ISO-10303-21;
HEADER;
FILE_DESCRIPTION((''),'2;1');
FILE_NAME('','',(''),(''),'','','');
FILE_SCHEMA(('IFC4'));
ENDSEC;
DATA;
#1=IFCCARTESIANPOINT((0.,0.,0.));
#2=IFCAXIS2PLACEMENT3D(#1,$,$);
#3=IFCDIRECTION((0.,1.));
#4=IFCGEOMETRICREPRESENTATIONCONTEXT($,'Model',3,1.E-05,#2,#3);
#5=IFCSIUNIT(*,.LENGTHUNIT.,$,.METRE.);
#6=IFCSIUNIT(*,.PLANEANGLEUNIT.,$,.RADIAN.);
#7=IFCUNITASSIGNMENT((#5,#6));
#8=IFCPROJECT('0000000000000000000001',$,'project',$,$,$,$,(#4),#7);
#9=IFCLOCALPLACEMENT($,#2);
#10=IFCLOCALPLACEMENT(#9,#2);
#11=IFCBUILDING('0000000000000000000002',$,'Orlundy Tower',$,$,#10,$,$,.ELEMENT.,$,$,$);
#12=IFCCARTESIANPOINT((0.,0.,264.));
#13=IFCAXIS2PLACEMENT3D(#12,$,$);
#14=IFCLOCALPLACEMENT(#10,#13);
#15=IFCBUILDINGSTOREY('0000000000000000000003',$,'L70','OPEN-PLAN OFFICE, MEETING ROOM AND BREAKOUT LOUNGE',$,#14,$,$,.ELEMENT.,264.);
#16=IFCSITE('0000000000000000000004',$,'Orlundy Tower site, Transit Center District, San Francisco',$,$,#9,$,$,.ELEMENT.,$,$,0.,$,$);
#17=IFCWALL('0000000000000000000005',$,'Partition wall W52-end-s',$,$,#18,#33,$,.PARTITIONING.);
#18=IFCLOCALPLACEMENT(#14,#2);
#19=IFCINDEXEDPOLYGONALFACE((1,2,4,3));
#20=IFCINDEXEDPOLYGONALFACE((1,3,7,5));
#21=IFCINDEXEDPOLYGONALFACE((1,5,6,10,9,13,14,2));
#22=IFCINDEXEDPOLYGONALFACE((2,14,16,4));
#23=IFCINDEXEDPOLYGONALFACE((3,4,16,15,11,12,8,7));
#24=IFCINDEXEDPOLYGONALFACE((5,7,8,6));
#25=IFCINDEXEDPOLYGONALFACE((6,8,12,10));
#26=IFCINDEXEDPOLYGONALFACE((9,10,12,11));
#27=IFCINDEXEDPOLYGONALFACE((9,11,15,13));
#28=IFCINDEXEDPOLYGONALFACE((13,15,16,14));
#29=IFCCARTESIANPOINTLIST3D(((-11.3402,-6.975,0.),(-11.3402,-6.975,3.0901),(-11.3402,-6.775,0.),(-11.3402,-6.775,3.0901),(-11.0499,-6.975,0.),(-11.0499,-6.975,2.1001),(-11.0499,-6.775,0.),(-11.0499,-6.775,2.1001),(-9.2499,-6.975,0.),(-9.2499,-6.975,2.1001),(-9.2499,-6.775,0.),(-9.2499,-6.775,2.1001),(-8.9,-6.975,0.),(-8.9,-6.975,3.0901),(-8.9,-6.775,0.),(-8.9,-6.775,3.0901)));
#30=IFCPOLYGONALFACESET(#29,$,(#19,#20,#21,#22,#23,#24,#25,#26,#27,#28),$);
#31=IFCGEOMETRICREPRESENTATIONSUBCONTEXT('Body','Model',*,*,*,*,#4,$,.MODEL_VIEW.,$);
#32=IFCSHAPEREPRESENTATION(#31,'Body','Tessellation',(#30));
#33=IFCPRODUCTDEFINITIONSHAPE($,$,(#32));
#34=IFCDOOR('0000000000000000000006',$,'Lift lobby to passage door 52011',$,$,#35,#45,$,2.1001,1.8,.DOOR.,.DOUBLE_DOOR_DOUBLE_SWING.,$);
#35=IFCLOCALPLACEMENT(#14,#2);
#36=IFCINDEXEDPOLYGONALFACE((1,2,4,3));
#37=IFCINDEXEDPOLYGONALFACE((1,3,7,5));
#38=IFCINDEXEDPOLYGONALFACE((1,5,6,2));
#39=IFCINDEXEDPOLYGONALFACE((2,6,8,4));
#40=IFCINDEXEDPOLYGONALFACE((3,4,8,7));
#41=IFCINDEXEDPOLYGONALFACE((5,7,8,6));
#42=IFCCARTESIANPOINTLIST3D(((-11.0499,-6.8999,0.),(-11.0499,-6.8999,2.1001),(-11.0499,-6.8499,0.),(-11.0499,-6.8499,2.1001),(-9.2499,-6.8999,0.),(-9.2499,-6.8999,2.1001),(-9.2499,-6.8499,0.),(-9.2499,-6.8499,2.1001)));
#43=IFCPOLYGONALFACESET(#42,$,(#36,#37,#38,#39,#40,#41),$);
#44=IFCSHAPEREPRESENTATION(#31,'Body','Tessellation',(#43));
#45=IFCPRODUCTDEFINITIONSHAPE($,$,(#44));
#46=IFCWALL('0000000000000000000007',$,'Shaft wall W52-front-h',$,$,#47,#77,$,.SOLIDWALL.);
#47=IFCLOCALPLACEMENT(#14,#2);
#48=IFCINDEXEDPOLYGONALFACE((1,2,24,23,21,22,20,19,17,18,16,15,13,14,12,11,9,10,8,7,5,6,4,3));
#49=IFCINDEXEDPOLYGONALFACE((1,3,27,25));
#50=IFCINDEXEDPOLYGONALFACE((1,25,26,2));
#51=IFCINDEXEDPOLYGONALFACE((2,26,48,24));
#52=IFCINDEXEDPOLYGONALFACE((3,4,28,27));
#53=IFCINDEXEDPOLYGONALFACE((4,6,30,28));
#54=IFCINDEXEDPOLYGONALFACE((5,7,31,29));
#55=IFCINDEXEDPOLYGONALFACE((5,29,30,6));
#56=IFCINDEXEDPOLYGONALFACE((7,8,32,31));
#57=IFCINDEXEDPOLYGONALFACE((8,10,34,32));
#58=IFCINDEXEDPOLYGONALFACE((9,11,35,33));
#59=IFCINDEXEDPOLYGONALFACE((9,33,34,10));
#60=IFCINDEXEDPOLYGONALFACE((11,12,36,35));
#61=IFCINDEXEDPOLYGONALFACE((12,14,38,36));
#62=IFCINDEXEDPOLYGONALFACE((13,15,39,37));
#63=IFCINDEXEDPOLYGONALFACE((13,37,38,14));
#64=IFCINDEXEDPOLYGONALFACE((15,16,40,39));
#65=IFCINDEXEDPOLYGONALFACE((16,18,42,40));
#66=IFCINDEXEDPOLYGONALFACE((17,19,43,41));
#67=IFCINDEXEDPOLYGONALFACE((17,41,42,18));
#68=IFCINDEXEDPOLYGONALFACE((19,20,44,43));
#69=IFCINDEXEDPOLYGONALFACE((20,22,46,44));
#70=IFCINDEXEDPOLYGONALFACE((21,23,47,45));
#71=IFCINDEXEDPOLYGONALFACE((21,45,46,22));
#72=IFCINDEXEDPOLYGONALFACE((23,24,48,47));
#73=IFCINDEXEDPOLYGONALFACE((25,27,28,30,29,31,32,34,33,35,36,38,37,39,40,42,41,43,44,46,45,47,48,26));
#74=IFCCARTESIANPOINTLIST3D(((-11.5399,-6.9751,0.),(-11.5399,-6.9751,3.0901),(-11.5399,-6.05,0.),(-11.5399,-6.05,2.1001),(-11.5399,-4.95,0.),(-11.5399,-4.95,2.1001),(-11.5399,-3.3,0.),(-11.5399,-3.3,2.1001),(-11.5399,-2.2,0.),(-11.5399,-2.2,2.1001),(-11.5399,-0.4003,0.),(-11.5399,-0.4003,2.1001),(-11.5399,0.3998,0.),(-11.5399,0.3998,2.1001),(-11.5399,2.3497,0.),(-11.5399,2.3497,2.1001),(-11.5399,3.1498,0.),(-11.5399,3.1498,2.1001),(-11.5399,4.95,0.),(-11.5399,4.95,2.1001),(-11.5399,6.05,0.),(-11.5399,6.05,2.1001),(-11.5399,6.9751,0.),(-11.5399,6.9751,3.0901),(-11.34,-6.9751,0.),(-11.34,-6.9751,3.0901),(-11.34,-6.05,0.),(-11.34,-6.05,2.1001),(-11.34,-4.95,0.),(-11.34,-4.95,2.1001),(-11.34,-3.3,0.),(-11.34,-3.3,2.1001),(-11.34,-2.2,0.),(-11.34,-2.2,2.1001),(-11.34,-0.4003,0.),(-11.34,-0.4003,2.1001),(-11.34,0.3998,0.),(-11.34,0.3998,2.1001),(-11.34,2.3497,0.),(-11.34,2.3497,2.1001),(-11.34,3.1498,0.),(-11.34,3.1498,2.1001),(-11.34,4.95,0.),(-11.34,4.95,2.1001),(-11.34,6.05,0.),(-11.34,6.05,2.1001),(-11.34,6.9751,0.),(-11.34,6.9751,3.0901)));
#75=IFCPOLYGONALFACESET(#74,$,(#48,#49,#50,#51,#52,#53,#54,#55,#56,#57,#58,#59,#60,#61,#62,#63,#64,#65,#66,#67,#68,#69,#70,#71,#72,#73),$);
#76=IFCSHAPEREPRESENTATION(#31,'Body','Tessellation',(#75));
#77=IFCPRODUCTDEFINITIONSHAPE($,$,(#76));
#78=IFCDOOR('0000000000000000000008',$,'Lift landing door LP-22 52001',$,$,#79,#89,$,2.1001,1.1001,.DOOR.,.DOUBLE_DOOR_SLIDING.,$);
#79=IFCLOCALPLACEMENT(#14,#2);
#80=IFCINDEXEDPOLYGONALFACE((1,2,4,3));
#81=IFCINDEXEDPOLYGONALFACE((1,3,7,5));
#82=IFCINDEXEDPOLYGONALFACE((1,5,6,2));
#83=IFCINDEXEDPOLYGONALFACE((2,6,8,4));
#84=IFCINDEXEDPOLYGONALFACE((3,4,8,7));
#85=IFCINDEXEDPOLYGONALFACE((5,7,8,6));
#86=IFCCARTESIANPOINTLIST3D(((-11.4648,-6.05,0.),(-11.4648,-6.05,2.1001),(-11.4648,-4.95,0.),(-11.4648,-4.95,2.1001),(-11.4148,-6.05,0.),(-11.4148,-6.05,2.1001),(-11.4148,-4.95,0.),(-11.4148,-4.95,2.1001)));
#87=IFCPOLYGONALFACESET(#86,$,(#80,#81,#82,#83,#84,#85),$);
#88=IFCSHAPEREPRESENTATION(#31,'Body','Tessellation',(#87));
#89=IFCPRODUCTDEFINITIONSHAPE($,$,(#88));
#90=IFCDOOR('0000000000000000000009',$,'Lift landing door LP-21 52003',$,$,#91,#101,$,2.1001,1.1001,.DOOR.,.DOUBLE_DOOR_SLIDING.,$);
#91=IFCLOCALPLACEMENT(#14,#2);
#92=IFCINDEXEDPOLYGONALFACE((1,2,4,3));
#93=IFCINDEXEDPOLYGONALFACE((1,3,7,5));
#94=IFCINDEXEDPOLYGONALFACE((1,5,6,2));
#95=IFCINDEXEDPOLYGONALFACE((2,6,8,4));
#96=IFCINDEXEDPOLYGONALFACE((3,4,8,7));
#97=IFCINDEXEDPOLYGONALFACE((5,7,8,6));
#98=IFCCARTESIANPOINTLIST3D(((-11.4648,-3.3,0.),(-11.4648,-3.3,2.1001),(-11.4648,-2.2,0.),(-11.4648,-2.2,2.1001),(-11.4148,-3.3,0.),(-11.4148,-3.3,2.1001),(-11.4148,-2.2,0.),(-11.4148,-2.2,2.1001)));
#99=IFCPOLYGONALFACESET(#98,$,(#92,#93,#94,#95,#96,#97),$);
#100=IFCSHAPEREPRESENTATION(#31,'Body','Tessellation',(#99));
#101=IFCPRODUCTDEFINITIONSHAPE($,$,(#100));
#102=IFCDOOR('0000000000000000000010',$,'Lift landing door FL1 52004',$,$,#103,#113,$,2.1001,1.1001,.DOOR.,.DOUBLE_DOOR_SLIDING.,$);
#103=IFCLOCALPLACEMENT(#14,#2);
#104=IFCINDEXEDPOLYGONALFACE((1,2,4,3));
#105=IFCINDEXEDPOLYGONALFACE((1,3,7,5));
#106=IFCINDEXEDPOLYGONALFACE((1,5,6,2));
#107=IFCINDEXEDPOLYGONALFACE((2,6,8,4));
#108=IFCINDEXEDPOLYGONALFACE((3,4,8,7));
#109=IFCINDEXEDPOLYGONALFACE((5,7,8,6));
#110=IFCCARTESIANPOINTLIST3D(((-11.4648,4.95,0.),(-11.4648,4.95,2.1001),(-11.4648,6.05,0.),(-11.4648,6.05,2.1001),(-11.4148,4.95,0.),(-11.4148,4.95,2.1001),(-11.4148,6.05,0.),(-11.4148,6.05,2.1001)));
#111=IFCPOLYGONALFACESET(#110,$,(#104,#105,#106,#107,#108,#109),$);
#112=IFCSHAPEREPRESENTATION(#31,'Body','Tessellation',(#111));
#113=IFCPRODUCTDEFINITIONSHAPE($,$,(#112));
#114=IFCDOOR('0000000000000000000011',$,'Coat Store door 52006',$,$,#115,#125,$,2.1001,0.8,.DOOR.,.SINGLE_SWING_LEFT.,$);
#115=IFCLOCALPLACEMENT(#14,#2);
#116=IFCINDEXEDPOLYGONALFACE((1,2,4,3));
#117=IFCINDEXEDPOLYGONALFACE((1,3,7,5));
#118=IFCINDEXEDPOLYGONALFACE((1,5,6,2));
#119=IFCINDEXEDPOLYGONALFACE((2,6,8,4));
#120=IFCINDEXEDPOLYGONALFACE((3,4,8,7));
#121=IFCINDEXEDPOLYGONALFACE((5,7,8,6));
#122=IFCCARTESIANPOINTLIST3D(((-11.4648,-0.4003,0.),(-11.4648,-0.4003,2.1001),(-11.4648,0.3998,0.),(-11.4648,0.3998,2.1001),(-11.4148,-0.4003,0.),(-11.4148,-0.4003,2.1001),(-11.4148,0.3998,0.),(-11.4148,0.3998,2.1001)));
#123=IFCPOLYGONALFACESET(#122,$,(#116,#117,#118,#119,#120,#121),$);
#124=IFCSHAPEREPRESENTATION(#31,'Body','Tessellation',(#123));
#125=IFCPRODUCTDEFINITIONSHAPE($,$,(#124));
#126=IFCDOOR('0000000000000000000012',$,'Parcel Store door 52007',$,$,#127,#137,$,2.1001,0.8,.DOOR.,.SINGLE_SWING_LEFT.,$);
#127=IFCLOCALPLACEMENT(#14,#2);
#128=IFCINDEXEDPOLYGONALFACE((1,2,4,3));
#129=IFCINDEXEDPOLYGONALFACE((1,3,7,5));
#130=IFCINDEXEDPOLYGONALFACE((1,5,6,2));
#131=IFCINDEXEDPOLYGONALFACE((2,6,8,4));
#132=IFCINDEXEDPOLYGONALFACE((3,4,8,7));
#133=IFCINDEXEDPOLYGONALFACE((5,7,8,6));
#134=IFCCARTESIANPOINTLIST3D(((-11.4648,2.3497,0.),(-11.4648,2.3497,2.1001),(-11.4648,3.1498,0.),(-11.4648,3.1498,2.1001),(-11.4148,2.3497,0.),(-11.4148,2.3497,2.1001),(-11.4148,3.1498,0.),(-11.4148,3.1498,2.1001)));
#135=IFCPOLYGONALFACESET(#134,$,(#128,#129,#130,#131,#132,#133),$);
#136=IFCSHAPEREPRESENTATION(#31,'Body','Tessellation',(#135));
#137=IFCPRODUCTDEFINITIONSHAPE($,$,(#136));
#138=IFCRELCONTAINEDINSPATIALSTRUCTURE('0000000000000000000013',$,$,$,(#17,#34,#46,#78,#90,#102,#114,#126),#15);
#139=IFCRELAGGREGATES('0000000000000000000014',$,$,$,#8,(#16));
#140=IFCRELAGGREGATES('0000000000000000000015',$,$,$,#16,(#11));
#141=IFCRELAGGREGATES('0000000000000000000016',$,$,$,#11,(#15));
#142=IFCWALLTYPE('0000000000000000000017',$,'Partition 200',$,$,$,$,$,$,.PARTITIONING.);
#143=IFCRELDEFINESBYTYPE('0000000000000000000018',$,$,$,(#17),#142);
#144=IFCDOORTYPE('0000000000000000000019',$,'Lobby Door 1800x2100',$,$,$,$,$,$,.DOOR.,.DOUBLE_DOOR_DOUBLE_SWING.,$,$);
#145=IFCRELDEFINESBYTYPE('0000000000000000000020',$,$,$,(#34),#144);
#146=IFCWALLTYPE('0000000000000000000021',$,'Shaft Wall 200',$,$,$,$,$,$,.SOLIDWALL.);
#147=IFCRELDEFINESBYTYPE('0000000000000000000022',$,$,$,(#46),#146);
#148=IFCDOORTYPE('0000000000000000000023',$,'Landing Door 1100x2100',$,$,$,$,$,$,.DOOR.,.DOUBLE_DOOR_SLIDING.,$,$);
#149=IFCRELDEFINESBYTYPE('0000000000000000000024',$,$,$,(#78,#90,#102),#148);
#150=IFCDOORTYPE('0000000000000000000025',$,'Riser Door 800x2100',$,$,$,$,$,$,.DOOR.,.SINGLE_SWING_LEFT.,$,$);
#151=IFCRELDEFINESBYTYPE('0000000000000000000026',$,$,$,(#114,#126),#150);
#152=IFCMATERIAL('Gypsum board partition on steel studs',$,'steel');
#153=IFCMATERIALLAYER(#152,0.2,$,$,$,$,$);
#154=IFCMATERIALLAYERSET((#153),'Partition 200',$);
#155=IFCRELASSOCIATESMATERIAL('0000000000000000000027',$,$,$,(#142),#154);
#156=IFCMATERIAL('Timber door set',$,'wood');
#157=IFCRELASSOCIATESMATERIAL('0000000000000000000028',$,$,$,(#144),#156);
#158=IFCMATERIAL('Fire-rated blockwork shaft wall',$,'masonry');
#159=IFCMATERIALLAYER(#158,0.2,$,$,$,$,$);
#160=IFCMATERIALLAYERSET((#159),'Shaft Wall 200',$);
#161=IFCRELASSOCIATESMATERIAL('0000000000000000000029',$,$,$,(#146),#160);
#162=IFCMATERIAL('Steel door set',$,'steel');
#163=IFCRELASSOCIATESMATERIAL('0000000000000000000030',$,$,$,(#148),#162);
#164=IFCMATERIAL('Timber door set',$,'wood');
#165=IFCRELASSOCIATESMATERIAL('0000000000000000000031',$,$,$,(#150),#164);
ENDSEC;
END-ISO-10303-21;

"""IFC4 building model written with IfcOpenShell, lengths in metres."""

from ifc_helpers import new_model, si_unit, direction, frame, frame_2d, origin, place, context, subcontext, project, spatial, rectangle, extrude, material, layer, layer_set, type_object, element, fill, save


model = new_model("IFC4")

# Units and contexts
model_context = context("Model", 3, precision=1e-05, world=origin(), true_north=direction((0.0, 1.0)))
body_context = subcontext(model_context, "Body", "Model", "MODEL_VIEW")
ifc_project = project(units=[si_unit("LENGTHUNIT", "METRE"), si_unit("PLANEANGLEUNIT", "RADIAN")], contexts=[model_context])

# Site, building, storey
site_placement = place(None, origin())
site = spatial("IfcSite", under=ifc_project, at=site_placement, Name="Orlundy Tower site, Transit Center District, San Francisco", CompositionType="ELEMENT", RefElevation=0.0)
building_placement = place(site_placement, origin())
building = spatial("IfcBuilding", under=site, at=building_placement, Name="Orlundy Tower", CompositionType="ELEMENT")
storey_placement = place(building_placement, frame((0.0, 0.0, 264.0)))
storey = spatial("IfcBuildingStorey", under=building, at=storey_placement, Name="L70", Description="OPEN-PLAN OFFICE, MEETING ROOM AND BREAKOUT LOUNGE", CompositionType="ELEMENT", Elevation=264.0)

# Wall, opening, door
ifc_material_1 = material(Name="Gypsum board partition on steel studs", Category="steel")
ifc_layer_1 = layer(ifc_material_1, 0.2)
ifc_layer_set_1 = layer_set([ifc_layer_1], Name="Partition 200")
wall_type_1 = type_object("IfcWallType", Name="Partition 200", PredefinedType="PARTITIONING", material=ifc_layer_set_1)
wall_1_placement = place(storey_placement, frame((-8.8999, -6.875, 0.0), z_axis=(0.0, 0.0, 1.0), x_axis=(-1.0, 0.0, 0.0)))
wall_1 = element("IfcWall", 1, at=wall_1_placement, inside=storey, type_object=wall_type_1, Name="Partition wall W52-end-s", PredefinedType="PARTITIONING", context=body_context, shape_type="SweptSolid", body=[
    extrude(rectangle(XDim=2.4402, YDim=0.2, at=frame_2d((1.2202, 0.0))), origin(), (0.0, 0.0, 1.0), 3.0901),
])
opening_1_placement = place(wall_1_placement, frame((0.3501, 0.0, 0.0)))
opening_1 = element("IfcOpeningElement", 2, at=opening_1_placement, cuts=wall_1, PredefinedType="OPENING", context=body_context, shape_type="SweptSolid", body=[
    extrude(rectangle(XDim=1.8, YDim=2.1001, at=frame_2d((0.8999, 1.05))), frame((0.0, 0.1101, 0.0), z_axis=(0.0, -1.0, 0.0), x_axis=(1.0, 0.0, 0.0)), (0.0, 0.0, 1.0), 0.2202),
])
ifc_material_2 = material(Name="Timber door set", Category="wood")
door_type_1 = type_object("IfcDoorType", Name="Lobby Door 1800x2100", OperationType="DOUBLE_DOOR_DOUBLE_SWING", PredefinedType="DOOR", material=ifc_material_2)
door_1_placement = place(opening_1_placement, origin())
door_1 = element("IfcDoor", 3, at=door_1_placement, inside=storey, type_object=door_type_1, Name="Lift lobby to passage door 52011", OperationType="DOUBLE_DOOR_DOUBLE_SWING", OverallHeight=2.1001, OverallWidth=1.8, PredefinedType="DOOR", context=body_context, shape_type="SweptSolid", body=[
    extrude(rectangle(XDim=1.8, YDim=2.1001, at=frame_2d((0.8999, 1.05))), frame((0.0, 0.0249, 0.0), z_axis=(0.0, -1.0, 0.0), x_axis=(1.0, 0.0, 0.0)), (0.0, 0.0, 1.0), 0.05),
])
fill(opening_1, door_1)

# Wall, openings, doors
ifc_material_3 = material(Name="Fire-rated blockwork shaft wall", Category="masonry")
ifc_layer_2 = layer(ifc_material_3, 0.2)
ifc_layer_set_2 = layer_set([ifc_layer_2], Name="Shaft Wall 200")
wall_type_2 = type_object("IfcWallType", Name="Shaft Wall 200", PredefinedType="SOLIDWALL", material=ifc_layer_set_2)
wall_2_placement = place(storey_placement, frame((-11.4399, -6.9751, 0.0), z_axis=(0.0, 0.0, 1.0), x_axis=(0.0, 1.0, 0.0)))
wall_2 = element("IfcWall", 4, at=wall_2_placement, inside=storey, type_object=wall_type_2, Name="Shaft wall W52-front-h", PredefinedType="SOLIDWALL", context=body_context, shape_type="SweptSolid", body=[
    extrude(rectangle(XDim=13.9502, YDim=0.2, at=frame_2d((6.9751, 0.0))), origin(), (0.0, 0.0, 1.0), 3.0901),
])
opening_2_placement = place(wall_2_placement, frame((0.925, 0.0, 0.0)))
opening_2 = element("IfcOpeningElement", 5, at=opening_2_placement, cuts=wall_2, PredefinedType="OPENING", context=body_context, shape_type="SweptSolid", body=[
    extrude(rectangle(XDim=1.1001, YDim=2.1001, at=frame_2d((0.55, 1.05))), frame((0.0, 0.1101, 0.0), z_axis=(0.0, -1.0, 0.0), x_axis=(1.0, 0.0, 0.0)), (0.0, 0.0, 1.0), 0.2202),
])
opening_3_placement = place(wall_2_placement, frame((3.675, 0.0, 0.0)))
opening_3 = element("IfcOpeningElement", 6, at=opening_3_placement, cuts=wall_2, PredefinedType="OPENING", context=body_context, shape_type="SweptSolid", body=[
    extrude(rectangle(XDim=1.1001, YDim=2.1001, at=frame_2d((0.55, 1.05))), frame((0.0, 0.1101, 0.0), z_axis=(0.0, -1.0, 0.0), x_axis=(1.0, 0.0, 0.0)), (0.0, 0.0, 1.0), 0.2202),
])
opening_4_placement = place(wall_2_placement, frame((11.925, 0.0, 0.0)))
opening_4 = element("IfcOpeningElement", 7, at=opening_4_placement, cuts=wall_2, PredefinedType="OPENING", context=body_context, shape_type="SweptSolid", body=[
    extrude(rectangle(XDim=1.1001, YDim=2.1001, at=frame_2d((0.55, 1.05))), frame((0.0, 0.1101, 0.0), z_axis=(0.0, -1.0, 0.0), x_axis=(1.0, 0.0, 0.0)), (0.0, 0.0, 1.0), 0.2202),
])
opening_5_placement = place(wall_2_placement, frame((6.575, 0.0, 0.0)))
opening_5 = element("IfcOpeningElement", 8, at=opening_5_placement, cuts=wall_2, PredefinedType="OPENING", context=body_context, shape_type="SweptSolid", body=[
    extrude(rectangle(XDim=0.8, YDim=2.1001, at=frame_2d((0.3999, 1.05))), frame((0.0, 0.1101, 0.0), z_axis=(0.0, -1.0, 0.0), x_axis=(1.0, 0.0, 0.0)), (0.0, 0.0, 1.0), 0.2202),
])
opening_6_placement = place(wall_2_placement, frame((9.325, 0.0, 0.0)))
opening_6 = element("IfcOpeningElement", 9, at=opening_6_placement, cuts=wall_2, PredefinedType="OPENING", context=body_context, shape_type="SweptSolid", body=[
    extrude(rectangle(XDim=0.8, YDim=2.1001, at=frame_2d((0.3999, 1.05))), frame((0.0, 0.1101, 0.0), z_axis=(0.0, -1.0, 0.0), x_axis=(1.0, 0.0, 0.0)), (0.0, 0.0, 1.0), 0.2202),
])
ifc_material_4 = material(Name="Steel door set", Category="steel")
door_type_2 = type_object("IfcDoorType", Name="Landing Door 1100x2100", OperationType="DOUBLE_DOOR_SLIDING", PredefinedType="DOOR", material=ifc_material_4)
door_2_placement = place(opening_2_placement, origin())
door_2 = element("IfcDoor", 10, at=door_2_placement, inside=storey, type_object=door_type_2, Name="Lift landing door LP-22 52001", OperationType="DOUBLE_DOOR_SLIDING", OverallHeight=2.1001, OverallWidth=1.1001, PredefinedType="DOOR", context=body_context, shape_type="SweptSolid", body=[
    extrude(rectangle(XDim=1.1001, YDim=2.1001, at=frame_2d((0.55, 1.05))), frame((0.0, 0.0249, 0.0), z_axis=(0.0, -1.0, 0.0), x_axis=(1.0, 0.0, 0.0)), (0.0, 0.0, 1.0), 0.05),
])
fill(opening_2, door_2)
door_3_placement = place(opening_3_placement, origin())
door_3 = element("IfcDoor", 11, at=door_3_placement, inside=storey, type_object=door_type_2, Name="Lift landing door LP-21 52003", OperationType="DOUBLE_DOOR_SLIDING", OverallHeight=2.1001, OverallWidth=1.1001, PredefinedType="DOOR", context=body_context, shape_type="SweptSolid", body=[
    extrude(rectangle(XDim=1.1001, YDim=2.1001, at=frame_2d((0.55, 1.05))), frame((0.0, 0.0249, 0.0), z_axis=(0.0, -1.0, 0.0), x_axis=(1.0, 0.0, 0.0)), (0.0, 0.0, 1.0), 0.05),
])
fill(opening_3, door_3)
door_4_placement = place(opening_4_placement, origin())
door_4 = element("IfcDoor", 12, at=door_4_placement, inside=storey, type_object=door_type_2, Name="Lift landing door FL1 52004", OperationType="DOUBLE_DOOR_SLIDING", OverallHeight=2.1001, OverallWidth=1.1001, PredefinedType="DOOR", context=body_context, shape_type="SweptSolid", body=[
    extrude(rectangle(XDim=1.1001, YDim=2.1001, at=frame_2d((0.55, 1.05))), frame((0.0, 0.0249, 0.0), z_axis=(0.0, -1.0, 0.0), x_axis=(1.0, 0.0, 0.0)), (0.0, 0.0, 1.0), 0.05),
])
fill(opening_4, door_4)
ifc_material_5 = material(Name="Timber door set", Category="wood")
door_type_3 = type_object("IfcDoorType", Name="Riser Door 800x2100", OperationType="SINGLE_SWING_LEFT", PredefinedType="DOOR", material=ifc_material_5)
door_5_placement = place(opening_5_placement, origin())
door_5 = element("IfcDoor", 13, at=door_5_placement, inside=storey, type_object=door_type_3, Name="Coat Store door 52006", OperationType="SINGLE_SWING_LEFT", OverallHeight=2.1001, OverallWidth=0.8, PredefinedType="DOOR", context=body_context, shape_type="SweptSolid", body=[
    extrude(rectangle(XDim=0.8, YDim=2.1001, at=frame_2d((0.3999, 1.05))), frame((0.0, 0.0249, 0.0), z_axis=(0.0, -1.0, 0.0), x_axis=(1.0, 0.0, 0.0)), (0.0, 0.0, 1.0), 0.05),
])
fill(opening_5, door_5)
door_6_placement = place(opening_6_placement, origin())
door_6 = element("IfcDoor", 14, at=door_6_placement, inside=storey, type_object=door_type_3, Name="Parcel Store door 52007", OperationType="SINGLE_SWING_LEFT", OverallHeight=2.1001, OverallWidth=0.8, PredefinedType="DOOR", context=body_context, shape_type="SweptSolid", body=[
    extrude(rectangle(XDim=0.8, YDim=2.1001, at=frame_2d((0.3999, 1.05))), frame((0.0, 0.0249, 0.0), z_axis=(0.0, -1.0, 0.0), x_axis=(1.0, 0.0, 0.0)), (0.0, 0.0, 1.0), 0.05),
])
fill(opening_6, door_6)

save(model, "model.ifc")
